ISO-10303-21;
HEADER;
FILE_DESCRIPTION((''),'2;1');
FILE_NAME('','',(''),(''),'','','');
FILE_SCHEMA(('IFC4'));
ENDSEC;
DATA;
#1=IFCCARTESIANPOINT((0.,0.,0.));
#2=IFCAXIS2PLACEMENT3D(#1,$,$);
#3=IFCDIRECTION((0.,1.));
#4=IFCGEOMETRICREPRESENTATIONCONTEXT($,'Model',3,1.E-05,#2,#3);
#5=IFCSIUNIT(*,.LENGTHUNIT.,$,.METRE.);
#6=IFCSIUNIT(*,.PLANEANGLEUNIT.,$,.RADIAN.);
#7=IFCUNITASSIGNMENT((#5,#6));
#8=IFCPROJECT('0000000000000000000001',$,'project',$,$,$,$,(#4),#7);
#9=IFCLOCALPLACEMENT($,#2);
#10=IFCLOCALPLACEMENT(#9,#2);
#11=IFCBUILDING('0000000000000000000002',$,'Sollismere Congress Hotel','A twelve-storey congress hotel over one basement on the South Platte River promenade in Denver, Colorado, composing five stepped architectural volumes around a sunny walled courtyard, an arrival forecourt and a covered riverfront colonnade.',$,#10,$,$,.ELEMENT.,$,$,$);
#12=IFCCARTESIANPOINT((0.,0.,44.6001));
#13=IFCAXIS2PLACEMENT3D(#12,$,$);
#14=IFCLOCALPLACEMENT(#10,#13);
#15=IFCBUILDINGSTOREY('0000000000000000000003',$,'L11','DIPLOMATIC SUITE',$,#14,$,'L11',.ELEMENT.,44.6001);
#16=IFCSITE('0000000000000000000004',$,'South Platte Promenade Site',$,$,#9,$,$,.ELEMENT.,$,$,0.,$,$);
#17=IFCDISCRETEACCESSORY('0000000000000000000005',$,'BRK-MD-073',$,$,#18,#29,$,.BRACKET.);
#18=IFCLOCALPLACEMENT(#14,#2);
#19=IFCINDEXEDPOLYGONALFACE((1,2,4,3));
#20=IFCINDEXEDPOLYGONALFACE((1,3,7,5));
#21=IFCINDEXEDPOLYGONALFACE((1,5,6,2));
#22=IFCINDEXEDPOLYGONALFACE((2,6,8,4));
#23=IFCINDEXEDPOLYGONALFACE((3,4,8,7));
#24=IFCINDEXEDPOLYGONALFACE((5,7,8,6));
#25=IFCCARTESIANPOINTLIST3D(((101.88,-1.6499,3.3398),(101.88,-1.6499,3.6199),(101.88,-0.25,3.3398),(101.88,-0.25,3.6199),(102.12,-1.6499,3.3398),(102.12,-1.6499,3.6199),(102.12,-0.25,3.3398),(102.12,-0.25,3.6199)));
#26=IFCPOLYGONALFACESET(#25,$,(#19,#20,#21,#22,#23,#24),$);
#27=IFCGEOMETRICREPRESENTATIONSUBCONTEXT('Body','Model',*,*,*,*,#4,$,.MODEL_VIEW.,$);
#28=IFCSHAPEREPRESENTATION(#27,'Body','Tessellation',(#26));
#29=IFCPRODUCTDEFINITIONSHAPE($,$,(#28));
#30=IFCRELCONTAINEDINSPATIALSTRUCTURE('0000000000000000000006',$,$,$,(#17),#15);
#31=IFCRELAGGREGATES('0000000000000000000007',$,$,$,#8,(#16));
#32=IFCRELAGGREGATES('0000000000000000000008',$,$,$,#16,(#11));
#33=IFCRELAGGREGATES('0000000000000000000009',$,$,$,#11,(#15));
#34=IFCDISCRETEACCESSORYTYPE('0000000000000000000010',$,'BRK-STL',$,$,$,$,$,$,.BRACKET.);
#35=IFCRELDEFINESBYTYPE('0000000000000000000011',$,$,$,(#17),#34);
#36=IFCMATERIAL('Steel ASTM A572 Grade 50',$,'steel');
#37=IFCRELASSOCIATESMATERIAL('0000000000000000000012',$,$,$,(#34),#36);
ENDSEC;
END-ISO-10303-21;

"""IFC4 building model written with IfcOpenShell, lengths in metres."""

from ifc_helpers import new_model, si_unit, direction, frame, origin, origin_2d, place, context, subcontext, project, spatial, rectangle, extrude, material, type_object, element, save


model = new_model("IFC4")

# Units and contexts
model_context = context("Model", 3, precision=1e-05, world=origin(), true_north=direction((0.0, 1.0)))
body_context = subcontext(model_context, "Body", "Model", "MODEL_VIEW")
ifc_project = project(units=[si_unit("LENGTHUNIT", "METRE"), si_unit("PLANEANGLEUNIT", "RADIAN")], contexts=[model_context])

# Site, building, storey
site_placement = place(None, origin())
site = spatial("IfcSite", under=ifc_project, at=site_placement, Name="South Platte Promenade Site", CompositionType="ELEMENT", RefElevation=0.0)
building_placement = place(site_placement, origin())
building = spatial("IfcBuilding", under=site, at=building_placement, Name="Sollismere Congress Hotel", Description="A twelve-storey congress hotel over one basement on the South Platte River promenade in Denver, Colorado, composing five stepped architectural volumes around a sunny walled courtyard, an arrival forecourt and a covered riverfront colonnade.", CompositionType="ELEMENT")
storey_placement = place(building_placement, frame((0.0, 0.0, 44.6001)))
storey = spatial("IfcBuildingStorey", under=building, at=storey_placement, Name="L11", Description="DIPLOMATIC SUITE", LongName="L11", CompositionType="ELEMENT", Elevation=44.6001)

# Discrete accessory
ifc_material_1 = material(Name="Steel ASTM A572 Grade 50", Category="steel")
discrete_accessory_type = type_object("IfcDiscreteAccessoryType", Name="BRK-STL", PredefinedType="BRACKET", material=ifc_material_1)
discrete_accessory_placement = place(storey_placement, frame((102.0, -0.95, 3.3398), z_axis=(0.0, 0.0, 1.0), x_axis=(1.0, 0.0, 0.0)))
element("IfcDiscreteAccessory", 1, at=discrete_accessory_placement, inside=storey, type_object=discrete_accessory_type, Name="BRK-MD-073", PredefinedType="BRACKET", context=body_context, shape_type="SweptSolid", body=[
    extrude(rectangle(XDim=0.24, YDim=1.3999, at=origin_2d()), origin(), (0.0, 0.0, 1.0), 0.28),
])

save(model, "model.ifc")
